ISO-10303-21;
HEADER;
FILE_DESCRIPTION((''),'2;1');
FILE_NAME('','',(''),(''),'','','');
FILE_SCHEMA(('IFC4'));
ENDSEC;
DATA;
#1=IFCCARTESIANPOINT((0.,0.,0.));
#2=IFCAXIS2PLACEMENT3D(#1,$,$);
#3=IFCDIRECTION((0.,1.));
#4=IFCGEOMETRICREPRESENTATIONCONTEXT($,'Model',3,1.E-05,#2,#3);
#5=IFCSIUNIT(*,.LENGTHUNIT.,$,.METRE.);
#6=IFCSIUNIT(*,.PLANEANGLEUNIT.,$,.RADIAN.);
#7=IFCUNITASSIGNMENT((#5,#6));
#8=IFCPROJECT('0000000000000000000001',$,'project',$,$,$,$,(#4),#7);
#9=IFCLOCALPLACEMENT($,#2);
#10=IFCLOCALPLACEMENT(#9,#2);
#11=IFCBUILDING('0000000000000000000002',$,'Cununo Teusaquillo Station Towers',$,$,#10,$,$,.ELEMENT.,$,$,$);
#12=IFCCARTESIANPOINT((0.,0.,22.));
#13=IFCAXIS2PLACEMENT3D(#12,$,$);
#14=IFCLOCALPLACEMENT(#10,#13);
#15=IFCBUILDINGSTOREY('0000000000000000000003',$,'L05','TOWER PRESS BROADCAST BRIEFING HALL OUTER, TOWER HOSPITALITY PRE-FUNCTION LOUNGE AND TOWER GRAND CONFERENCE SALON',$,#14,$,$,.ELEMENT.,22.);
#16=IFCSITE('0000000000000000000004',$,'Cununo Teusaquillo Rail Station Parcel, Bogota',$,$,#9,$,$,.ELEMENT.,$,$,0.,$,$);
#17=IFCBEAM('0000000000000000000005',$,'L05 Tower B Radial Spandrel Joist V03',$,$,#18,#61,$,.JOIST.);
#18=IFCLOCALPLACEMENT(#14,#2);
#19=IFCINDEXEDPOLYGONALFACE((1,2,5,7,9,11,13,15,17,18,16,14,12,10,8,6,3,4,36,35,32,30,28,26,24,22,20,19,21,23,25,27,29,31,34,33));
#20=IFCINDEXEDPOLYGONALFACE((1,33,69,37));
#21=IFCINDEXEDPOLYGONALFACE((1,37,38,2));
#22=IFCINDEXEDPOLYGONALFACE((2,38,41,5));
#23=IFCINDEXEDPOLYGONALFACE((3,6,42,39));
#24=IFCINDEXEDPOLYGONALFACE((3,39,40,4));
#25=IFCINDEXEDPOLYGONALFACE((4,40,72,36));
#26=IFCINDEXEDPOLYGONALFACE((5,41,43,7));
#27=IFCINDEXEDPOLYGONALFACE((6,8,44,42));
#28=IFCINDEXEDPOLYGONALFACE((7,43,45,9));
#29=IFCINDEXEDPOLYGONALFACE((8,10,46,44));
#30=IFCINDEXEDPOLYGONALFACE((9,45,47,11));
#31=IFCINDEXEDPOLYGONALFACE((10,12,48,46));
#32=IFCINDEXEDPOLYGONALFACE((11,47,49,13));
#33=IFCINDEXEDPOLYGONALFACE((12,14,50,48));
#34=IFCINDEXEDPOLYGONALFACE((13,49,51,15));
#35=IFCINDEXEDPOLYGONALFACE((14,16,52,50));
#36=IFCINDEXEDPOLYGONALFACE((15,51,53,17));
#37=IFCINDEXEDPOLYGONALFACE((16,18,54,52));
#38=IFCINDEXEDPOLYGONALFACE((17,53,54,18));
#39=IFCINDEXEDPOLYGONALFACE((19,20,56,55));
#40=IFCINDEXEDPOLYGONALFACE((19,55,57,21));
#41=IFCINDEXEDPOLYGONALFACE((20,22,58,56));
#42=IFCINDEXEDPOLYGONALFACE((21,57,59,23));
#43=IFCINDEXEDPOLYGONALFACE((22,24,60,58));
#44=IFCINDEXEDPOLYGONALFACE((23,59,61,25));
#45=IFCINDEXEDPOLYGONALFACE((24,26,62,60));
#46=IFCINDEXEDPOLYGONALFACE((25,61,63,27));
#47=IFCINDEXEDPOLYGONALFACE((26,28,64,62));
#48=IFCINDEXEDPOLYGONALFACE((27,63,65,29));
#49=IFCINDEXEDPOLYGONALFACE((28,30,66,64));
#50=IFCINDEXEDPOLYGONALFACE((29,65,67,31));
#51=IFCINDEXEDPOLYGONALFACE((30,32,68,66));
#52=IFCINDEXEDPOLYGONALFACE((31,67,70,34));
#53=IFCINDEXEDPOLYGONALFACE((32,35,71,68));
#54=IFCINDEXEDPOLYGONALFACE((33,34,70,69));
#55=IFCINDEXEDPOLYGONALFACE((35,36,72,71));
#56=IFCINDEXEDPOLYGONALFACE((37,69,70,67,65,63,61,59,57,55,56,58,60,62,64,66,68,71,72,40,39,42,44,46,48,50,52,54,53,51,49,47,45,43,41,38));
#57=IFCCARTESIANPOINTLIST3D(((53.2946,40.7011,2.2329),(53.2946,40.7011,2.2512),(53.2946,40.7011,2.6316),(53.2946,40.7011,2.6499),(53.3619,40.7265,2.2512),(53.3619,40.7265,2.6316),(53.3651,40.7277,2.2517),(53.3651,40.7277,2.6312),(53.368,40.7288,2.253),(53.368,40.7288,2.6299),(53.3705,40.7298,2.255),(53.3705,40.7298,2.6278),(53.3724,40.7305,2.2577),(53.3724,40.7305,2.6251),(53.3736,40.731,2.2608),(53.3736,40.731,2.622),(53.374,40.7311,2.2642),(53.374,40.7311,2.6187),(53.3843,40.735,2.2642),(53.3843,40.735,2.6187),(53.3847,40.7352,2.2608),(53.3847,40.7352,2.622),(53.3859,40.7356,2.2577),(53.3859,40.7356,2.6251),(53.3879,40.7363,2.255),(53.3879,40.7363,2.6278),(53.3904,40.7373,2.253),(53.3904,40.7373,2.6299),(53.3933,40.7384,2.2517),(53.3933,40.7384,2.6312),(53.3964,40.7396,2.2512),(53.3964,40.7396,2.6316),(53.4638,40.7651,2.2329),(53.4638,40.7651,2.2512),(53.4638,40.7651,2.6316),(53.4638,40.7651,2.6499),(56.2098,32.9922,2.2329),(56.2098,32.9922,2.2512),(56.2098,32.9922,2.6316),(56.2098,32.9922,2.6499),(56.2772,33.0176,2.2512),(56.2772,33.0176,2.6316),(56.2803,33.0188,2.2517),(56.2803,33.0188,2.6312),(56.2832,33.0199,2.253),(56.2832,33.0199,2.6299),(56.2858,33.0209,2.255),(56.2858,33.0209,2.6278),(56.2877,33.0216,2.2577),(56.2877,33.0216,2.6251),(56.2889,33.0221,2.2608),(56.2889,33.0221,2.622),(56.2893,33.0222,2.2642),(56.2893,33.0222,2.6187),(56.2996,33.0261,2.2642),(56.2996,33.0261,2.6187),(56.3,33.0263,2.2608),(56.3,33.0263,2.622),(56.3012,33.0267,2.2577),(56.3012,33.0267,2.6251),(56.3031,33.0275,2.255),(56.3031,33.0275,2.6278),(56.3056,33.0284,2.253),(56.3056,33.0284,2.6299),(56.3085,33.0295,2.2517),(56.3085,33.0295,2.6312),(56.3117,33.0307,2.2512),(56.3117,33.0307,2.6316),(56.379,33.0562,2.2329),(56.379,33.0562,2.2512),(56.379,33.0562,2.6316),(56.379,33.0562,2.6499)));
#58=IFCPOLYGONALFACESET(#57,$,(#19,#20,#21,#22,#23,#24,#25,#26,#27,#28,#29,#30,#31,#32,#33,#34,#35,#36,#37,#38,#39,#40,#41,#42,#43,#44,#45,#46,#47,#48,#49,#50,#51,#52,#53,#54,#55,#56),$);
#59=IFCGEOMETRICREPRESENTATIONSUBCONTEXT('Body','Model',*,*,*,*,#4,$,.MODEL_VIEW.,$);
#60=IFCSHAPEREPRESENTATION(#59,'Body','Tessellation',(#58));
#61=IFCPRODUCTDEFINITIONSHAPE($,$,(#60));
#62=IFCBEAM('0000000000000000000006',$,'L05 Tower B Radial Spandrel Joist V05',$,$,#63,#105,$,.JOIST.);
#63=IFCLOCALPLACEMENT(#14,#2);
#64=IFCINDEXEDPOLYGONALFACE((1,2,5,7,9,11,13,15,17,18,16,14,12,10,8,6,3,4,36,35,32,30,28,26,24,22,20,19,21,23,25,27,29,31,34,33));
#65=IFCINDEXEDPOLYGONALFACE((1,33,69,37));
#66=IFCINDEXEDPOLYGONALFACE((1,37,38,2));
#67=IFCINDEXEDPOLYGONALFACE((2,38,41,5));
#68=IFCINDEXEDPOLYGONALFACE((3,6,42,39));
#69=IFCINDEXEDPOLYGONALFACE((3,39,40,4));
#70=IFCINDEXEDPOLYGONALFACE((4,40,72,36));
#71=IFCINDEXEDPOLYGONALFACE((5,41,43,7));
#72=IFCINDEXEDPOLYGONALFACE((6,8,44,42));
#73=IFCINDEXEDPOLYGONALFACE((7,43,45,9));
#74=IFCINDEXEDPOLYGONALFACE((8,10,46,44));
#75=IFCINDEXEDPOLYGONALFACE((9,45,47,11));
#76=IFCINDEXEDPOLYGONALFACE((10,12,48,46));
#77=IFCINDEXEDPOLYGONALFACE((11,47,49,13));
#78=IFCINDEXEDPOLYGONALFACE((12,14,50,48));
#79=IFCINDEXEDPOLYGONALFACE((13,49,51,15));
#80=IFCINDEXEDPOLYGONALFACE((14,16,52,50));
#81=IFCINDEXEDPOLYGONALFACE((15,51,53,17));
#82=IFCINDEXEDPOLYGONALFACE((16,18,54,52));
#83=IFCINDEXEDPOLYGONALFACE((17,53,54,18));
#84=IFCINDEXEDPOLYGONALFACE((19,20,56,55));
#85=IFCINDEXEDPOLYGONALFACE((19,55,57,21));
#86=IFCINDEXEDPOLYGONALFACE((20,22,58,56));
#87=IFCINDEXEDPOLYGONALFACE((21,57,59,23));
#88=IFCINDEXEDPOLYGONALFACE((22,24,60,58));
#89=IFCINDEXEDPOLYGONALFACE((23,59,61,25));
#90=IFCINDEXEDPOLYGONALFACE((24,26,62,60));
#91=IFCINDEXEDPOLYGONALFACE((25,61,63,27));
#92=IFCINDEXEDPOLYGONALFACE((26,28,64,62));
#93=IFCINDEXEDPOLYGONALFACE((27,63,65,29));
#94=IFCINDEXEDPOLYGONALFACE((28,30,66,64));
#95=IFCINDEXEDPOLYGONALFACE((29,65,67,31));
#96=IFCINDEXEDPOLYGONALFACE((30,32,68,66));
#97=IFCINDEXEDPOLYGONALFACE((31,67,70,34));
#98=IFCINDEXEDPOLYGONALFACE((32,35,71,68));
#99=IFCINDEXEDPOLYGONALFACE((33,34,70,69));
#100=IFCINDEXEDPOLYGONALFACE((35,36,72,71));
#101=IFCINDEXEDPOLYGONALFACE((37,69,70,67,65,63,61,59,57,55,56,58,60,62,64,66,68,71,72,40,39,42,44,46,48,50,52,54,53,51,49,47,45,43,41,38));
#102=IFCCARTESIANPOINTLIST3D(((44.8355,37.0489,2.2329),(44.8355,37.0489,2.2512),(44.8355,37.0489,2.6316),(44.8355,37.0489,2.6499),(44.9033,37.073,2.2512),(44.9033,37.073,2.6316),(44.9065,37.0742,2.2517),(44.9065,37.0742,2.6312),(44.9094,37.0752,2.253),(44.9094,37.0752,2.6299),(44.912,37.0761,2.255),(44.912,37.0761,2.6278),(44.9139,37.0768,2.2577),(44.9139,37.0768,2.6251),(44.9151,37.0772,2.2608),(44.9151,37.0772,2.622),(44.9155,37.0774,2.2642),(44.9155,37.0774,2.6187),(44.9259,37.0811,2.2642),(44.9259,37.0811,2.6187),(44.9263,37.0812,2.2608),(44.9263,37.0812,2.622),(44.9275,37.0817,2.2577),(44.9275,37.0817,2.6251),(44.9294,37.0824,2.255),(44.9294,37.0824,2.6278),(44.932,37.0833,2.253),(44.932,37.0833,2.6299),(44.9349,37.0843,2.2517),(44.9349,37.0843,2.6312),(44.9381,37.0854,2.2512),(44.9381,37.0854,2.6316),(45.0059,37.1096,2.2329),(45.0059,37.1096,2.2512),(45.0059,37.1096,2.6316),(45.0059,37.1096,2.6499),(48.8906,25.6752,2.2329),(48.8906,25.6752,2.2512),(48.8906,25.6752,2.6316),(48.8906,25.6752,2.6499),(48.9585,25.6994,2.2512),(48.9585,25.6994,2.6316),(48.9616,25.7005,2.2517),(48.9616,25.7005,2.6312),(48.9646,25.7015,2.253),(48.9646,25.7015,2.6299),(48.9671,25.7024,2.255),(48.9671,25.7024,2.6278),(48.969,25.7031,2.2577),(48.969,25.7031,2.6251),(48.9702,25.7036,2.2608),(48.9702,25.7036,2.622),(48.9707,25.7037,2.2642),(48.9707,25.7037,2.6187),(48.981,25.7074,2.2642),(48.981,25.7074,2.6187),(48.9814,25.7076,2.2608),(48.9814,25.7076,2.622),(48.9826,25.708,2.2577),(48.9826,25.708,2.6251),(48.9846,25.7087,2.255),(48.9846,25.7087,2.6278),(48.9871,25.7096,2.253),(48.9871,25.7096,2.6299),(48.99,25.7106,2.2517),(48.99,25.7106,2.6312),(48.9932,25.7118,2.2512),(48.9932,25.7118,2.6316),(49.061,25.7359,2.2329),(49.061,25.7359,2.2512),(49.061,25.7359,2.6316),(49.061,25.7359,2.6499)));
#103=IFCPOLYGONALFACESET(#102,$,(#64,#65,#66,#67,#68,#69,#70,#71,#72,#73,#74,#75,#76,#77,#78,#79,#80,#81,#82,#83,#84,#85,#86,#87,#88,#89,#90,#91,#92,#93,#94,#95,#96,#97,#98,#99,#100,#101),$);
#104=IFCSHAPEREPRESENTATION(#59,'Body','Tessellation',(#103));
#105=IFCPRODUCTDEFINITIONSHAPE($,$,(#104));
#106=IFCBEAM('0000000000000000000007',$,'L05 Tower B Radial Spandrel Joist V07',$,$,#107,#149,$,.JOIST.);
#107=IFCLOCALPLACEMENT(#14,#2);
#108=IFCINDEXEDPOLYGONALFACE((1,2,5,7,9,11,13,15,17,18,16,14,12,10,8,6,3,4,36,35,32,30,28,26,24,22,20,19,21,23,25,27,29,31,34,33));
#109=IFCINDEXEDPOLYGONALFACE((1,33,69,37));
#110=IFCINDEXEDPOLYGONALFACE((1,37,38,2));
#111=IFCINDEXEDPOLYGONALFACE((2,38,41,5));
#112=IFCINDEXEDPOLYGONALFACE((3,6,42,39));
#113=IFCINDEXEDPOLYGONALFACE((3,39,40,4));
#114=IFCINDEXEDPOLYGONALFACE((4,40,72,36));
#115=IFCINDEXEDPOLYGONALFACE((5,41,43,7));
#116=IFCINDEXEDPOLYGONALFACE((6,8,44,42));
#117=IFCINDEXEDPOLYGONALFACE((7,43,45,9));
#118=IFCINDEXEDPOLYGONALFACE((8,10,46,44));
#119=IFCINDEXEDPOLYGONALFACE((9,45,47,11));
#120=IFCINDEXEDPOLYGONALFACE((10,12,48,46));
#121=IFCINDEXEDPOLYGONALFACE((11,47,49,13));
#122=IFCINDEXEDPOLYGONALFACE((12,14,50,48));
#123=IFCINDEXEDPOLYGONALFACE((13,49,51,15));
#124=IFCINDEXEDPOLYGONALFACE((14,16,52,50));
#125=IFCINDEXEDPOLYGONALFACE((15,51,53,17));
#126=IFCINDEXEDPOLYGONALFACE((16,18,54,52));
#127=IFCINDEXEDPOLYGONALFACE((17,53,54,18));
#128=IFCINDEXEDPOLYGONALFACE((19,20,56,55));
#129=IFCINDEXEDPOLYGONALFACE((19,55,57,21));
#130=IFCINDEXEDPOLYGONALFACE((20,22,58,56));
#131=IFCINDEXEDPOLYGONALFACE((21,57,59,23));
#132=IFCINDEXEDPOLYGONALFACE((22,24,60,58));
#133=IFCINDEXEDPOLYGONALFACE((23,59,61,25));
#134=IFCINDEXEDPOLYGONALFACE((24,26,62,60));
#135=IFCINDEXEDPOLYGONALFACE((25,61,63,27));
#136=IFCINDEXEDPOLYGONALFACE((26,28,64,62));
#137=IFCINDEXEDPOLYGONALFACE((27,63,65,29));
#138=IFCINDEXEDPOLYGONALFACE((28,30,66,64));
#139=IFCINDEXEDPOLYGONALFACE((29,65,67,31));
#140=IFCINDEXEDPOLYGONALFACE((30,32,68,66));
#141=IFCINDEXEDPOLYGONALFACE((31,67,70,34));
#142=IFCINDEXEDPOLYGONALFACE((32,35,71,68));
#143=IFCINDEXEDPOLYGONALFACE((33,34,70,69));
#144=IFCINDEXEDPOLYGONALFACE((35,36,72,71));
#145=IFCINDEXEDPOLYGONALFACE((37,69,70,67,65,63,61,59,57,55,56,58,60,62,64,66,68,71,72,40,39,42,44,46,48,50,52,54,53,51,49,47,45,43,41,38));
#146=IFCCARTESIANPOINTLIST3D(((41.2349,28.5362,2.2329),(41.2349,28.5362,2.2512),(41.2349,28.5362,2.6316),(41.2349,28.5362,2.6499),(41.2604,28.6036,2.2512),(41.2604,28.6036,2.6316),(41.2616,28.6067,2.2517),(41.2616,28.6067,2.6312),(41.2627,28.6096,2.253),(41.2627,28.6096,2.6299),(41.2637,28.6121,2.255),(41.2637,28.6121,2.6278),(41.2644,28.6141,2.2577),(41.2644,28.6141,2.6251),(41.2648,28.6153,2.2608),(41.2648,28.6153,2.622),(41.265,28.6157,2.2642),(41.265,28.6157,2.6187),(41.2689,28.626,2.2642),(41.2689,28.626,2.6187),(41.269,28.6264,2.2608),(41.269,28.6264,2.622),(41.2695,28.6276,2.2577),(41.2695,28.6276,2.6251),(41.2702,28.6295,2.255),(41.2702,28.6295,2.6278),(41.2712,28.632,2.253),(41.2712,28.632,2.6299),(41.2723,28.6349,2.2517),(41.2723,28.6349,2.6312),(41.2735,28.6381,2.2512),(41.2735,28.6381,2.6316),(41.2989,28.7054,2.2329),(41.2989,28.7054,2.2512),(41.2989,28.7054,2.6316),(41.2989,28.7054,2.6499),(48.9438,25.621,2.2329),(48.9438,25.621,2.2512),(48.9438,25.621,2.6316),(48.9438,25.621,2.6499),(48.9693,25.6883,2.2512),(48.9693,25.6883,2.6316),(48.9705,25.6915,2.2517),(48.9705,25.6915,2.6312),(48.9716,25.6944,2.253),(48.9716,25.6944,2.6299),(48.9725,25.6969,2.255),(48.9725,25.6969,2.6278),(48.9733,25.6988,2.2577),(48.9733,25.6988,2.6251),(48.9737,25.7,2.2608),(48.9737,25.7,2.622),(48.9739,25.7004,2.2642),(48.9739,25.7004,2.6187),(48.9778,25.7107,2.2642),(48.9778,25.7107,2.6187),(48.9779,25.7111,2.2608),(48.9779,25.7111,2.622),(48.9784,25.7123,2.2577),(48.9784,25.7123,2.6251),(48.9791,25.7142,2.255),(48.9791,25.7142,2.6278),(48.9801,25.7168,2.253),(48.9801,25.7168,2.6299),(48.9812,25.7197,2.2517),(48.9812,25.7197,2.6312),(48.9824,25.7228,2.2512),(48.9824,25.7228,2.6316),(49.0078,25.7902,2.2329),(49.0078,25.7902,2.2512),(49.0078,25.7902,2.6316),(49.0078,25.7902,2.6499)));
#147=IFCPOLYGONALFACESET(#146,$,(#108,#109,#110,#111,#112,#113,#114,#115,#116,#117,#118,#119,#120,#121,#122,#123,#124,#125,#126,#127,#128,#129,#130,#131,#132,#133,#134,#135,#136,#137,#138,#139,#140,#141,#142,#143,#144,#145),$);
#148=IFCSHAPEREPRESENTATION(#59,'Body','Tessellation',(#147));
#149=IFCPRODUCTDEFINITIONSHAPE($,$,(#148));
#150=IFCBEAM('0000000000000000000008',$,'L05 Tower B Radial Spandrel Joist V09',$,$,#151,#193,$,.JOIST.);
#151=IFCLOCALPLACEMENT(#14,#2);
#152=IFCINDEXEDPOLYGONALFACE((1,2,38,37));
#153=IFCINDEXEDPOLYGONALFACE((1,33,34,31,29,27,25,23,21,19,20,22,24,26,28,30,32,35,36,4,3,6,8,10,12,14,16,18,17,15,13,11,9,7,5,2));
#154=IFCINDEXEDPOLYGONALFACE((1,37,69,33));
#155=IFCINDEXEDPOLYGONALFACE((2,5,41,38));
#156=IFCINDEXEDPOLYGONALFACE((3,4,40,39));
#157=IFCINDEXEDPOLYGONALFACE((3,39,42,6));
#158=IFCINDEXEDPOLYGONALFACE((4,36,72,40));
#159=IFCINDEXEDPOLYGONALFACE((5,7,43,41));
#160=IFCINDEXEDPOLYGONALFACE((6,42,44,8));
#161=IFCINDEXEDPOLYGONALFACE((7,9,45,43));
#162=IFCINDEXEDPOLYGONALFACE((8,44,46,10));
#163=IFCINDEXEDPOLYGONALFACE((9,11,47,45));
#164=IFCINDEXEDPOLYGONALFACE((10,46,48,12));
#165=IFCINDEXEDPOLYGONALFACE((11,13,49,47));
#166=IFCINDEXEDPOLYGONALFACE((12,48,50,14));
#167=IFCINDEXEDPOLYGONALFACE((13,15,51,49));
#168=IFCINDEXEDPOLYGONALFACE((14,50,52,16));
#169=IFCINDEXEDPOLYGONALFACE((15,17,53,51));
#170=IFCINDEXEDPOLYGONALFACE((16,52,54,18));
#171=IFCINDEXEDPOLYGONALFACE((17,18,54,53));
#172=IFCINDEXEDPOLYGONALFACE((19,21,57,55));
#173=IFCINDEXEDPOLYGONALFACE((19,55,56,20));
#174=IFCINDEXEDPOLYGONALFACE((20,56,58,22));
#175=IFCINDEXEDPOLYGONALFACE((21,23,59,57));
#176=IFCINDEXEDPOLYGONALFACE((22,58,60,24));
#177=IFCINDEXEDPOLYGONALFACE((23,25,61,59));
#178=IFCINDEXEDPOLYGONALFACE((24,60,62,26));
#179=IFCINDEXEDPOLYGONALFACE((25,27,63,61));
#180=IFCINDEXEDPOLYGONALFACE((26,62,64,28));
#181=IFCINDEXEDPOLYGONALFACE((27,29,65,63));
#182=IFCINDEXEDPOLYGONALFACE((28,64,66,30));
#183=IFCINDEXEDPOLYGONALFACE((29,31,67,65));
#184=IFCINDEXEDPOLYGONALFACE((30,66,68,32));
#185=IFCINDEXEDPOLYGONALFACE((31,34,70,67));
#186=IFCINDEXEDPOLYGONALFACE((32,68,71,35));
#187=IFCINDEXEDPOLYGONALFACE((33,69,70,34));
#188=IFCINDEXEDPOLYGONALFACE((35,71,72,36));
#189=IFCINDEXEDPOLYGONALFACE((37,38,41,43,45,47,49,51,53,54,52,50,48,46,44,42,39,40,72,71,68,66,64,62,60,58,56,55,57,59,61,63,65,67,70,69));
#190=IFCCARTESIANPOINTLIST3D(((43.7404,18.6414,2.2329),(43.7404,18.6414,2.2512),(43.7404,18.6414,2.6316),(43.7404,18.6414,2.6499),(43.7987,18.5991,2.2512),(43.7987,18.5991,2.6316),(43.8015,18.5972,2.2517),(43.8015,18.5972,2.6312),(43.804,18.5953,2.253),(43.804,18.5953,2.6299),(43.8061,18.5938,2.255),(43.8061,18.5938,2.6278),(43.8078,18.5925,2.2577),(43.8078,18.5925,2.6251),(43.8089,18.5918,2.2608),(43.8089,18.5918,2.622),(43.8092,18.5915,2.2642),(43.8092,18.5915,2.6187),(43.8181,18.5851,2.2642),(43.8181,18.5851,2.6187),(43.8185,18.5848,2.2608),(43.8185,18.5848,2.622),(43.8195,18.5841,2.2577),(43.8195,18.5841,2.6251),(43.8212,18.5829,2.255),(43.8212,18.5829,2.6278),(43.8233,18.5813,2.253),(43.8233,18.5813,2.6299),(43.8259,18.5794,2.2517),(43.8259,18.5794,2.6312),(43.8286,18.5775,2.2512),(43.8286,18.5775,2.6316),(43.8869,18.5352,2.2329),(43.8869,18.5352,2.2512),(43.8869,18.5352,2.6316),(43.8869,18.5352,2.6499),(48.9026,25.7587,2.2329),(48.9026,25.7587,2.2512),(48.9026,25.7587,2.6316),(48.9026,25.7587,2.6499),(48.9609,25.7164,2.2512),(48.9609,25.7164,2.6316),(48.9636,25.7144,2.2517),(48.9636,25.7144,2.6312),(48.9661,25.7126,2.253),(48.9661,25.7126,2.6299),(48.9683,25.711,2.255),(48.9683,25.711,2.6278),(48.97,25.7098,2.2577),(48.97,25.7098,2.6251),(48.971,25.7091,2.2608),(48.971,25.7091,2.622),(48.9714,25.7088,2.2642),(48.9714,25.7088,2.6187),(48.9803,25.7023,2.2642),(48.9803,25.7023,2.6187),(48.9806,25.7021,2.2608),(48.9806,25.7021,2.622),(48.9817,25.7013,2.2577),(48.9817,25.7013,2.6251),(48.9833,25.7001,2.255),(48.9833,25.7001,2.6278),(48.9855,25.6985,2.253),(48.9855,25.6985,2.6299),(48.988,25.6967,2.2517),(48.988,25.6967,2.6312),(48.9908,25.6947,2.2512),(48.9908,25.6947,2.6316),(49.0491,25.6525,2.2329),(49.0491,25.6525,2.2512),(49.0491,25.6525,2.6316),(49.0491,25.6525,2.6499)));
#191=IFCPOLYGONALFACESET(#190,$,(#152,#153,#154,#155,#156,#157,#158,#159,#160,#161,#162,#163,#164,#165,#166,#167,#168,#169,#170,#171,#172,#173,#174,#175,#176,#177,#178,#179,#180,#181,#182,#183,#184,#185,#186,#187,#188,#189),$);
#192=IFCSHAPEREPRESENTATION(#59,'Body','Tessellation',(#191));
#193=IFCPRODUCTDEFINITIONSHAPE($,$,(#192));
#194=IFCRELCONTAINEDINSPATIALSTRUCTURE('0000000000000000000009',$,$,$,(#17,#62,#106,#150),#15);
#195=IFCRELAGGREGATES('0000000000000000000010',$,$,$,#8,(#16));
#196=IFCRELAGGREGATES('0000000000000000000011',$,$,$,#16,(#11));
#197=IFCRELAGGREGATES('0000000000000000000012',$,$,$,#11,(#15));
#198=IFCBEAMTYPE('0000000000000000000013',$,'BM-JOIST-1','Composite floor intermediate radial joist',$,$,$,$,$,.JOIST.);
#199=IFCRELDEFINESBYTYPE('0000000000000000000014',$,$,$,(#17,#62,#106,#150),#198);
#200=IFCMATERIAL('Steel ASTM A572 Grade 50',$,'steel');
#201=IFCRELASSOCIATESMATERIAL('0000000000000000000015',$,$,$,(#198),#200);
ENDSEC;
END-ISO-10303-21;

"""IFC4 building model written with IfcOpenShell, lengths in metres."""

from ifc_helpers import new_model, si_unit, direction, frame, origin, origin_2d, place, context, subcontext, project, spatial, i_section, extrude, material, material_profile, profile_set, type_object, element, save


model = new_model("IFC4")

# Units and contexts
model_context = context("Model", 3, precision=1e-05, world=origin(), true_north=direction((0.0, 1.0)))
body_context = subcontext(model_context, "Body", "Model", "MODEL_VIEW")
ifc_project = project(units=[si_unit("LENGTHUNIT", "METRE"), si_unit("PLANEANGLEUNIT", "RADIAN")], contexts=[model_context])

# Site, building, storey
site_placement = place(None, origin())
site = spatial("IfcSite", under=ifc_project, at=site_placement, Name="Cununo Teusaquillo Rail Station Parcel, Bogota", CompositionType="ELEMENT", RefElevation=0.0)
building_placement = place(site_placement, origin())
building = spatial("IfcBuilding", under=site, at=building_placement, Name="Cununo Teusaquillo Station Towers", CompositionType="ELEMENT")
storey_placement = place(building_placement, frame((0.0, 0.0, 22.0)))
storey = spatial("IfcBuildingStorey", under=building, at=storey_placement, Name="L05", Description="TOWER PRESS BROADCAST BRIEFING HALL OUTER, TOWER HOSPITALITY PRE-FUNCTION LOUNGE AND TOWER GRAND CONFERENCE SALON", CompositionType="ELEMENT", Elevation=22.0)

# Beams
ifc_material_1 = material(Name="Steel ASTM A572 Grade 50", Category="steel")
ifc_material_profile_1 = material_profile(ifc_material_1, i_section(OverallWidth=0.1809, OverallDepth=0.417, WebThickness=0.011, FlangeThickness=0.0183, FilletRadius=0.0129, at=origin_2d()), Name="W16X57")
ifc_profile_set_1 = profile_set([ifc_material_profile_1], Name="Steel ASTM A572 Grade 50")
beam_type_1 = type_object("IfcBeamType", Name="BM-JOIST-1", Description="Composite floor intermediate radial joist", PredefinedType="JOIST", material=ifc_profile_set_1)
beam_1_placement = place(storey_placement, frame((56.2944, 33.0242, 2.4414), z_axis=(-0.353719, 0.935352, 0.0), x_axis=(-0.935352, -0.353719, 0.0)))
element("IfcBeam", 1, at=beam_1_placement, inside=storey, type_object=beam_type_1, Name="L05 Tower B Radial Spandrel Joist V03", PredefinedType="JOIST", context=body_context, shape_type="SweptSolid", body=[
    extrude(i_section(OverallWidth=0.1809, OverallDepth=0.417, WebThickness=0.011, FlangeThickness=0.0183, FilletRadius=0.0129, at=origin_2d()), origin(), (0.0, 0.0, 1.0), 8.2417),
])
beam_2_placement = place(storey_placement, frame((48.9758, 25.7056, 2.4414), z_axis=(-0.33583, 0.941922, 0.0), x_axis=(-0.941922, -0.33583, 0.0)))
element("IfcBeam", 2, at=beam_2_placement, inside=storey, type_object=beam_type_1, Name="L05 Tower B Radial Spandrel Joist V05", PredefinedType="JOIST", context=body_context, shape_type="SweptSolid", body=[
    extrude(i_section(OverallWidth=0.1809, OverallDepth=0.417, WebThickness=0.011, FlangeThickness=0.0183, FilletRadius=0.0129, at=origin_2d()), origin(), (0.0, 0.0, 1.0), 12.075),
])
beam_3_placement = place(storey_placement, frame((48.9758, 25.7056, 2.4414), z_axis=(-0.935352, 0.353719, 0.0), x_axis=(-0.353719, -0.935352, 0.0)))
element("IfcBeam", 3, at=beam_3_placement, inside=storey, type_object=beam_type_1, Name="L05 Tower B Radial Spandrel Joist V07", PredefinedType="JOIST", context=body_context, shape_type="SweptSolid", body=[
    extrude(i_section(OverallWidth=0.1809, OverallDepth=0.417, WebThickness=0.011, FlangeThickness=0.0183, FilletRadius=0.0129, at=origin_2d()), origin(), (0.0, 0.0, 1.0), 8.2417),
])
beam_4_placement = place(storey_placement, frame((48.9758, 25.7056, 2.4414), z_axis=(-0.587128, -0.809494, 0.0), x_axis=(0.809494, -0.587128, 0.0)))
element("IfcBeam", 4, at=beam_4_placement, inside=storey, type_object=beam_type_1, Name="L05 Tower B Radial Spandrel Joist V09", PredefinedType="JOIST", context=body_context, shape_type="SweptSolid", body=[
    extrude(i_section(OverallWidth=0.1809, OverallDepth=0.417, WebThickness=0.011, FlangeThickness=0.0183, FilletRadius=0.0129, at=origin_2d()), origin(), (0.0, 0.0, 1.0), 8.7922),
])

save(model, "model.ifc")
